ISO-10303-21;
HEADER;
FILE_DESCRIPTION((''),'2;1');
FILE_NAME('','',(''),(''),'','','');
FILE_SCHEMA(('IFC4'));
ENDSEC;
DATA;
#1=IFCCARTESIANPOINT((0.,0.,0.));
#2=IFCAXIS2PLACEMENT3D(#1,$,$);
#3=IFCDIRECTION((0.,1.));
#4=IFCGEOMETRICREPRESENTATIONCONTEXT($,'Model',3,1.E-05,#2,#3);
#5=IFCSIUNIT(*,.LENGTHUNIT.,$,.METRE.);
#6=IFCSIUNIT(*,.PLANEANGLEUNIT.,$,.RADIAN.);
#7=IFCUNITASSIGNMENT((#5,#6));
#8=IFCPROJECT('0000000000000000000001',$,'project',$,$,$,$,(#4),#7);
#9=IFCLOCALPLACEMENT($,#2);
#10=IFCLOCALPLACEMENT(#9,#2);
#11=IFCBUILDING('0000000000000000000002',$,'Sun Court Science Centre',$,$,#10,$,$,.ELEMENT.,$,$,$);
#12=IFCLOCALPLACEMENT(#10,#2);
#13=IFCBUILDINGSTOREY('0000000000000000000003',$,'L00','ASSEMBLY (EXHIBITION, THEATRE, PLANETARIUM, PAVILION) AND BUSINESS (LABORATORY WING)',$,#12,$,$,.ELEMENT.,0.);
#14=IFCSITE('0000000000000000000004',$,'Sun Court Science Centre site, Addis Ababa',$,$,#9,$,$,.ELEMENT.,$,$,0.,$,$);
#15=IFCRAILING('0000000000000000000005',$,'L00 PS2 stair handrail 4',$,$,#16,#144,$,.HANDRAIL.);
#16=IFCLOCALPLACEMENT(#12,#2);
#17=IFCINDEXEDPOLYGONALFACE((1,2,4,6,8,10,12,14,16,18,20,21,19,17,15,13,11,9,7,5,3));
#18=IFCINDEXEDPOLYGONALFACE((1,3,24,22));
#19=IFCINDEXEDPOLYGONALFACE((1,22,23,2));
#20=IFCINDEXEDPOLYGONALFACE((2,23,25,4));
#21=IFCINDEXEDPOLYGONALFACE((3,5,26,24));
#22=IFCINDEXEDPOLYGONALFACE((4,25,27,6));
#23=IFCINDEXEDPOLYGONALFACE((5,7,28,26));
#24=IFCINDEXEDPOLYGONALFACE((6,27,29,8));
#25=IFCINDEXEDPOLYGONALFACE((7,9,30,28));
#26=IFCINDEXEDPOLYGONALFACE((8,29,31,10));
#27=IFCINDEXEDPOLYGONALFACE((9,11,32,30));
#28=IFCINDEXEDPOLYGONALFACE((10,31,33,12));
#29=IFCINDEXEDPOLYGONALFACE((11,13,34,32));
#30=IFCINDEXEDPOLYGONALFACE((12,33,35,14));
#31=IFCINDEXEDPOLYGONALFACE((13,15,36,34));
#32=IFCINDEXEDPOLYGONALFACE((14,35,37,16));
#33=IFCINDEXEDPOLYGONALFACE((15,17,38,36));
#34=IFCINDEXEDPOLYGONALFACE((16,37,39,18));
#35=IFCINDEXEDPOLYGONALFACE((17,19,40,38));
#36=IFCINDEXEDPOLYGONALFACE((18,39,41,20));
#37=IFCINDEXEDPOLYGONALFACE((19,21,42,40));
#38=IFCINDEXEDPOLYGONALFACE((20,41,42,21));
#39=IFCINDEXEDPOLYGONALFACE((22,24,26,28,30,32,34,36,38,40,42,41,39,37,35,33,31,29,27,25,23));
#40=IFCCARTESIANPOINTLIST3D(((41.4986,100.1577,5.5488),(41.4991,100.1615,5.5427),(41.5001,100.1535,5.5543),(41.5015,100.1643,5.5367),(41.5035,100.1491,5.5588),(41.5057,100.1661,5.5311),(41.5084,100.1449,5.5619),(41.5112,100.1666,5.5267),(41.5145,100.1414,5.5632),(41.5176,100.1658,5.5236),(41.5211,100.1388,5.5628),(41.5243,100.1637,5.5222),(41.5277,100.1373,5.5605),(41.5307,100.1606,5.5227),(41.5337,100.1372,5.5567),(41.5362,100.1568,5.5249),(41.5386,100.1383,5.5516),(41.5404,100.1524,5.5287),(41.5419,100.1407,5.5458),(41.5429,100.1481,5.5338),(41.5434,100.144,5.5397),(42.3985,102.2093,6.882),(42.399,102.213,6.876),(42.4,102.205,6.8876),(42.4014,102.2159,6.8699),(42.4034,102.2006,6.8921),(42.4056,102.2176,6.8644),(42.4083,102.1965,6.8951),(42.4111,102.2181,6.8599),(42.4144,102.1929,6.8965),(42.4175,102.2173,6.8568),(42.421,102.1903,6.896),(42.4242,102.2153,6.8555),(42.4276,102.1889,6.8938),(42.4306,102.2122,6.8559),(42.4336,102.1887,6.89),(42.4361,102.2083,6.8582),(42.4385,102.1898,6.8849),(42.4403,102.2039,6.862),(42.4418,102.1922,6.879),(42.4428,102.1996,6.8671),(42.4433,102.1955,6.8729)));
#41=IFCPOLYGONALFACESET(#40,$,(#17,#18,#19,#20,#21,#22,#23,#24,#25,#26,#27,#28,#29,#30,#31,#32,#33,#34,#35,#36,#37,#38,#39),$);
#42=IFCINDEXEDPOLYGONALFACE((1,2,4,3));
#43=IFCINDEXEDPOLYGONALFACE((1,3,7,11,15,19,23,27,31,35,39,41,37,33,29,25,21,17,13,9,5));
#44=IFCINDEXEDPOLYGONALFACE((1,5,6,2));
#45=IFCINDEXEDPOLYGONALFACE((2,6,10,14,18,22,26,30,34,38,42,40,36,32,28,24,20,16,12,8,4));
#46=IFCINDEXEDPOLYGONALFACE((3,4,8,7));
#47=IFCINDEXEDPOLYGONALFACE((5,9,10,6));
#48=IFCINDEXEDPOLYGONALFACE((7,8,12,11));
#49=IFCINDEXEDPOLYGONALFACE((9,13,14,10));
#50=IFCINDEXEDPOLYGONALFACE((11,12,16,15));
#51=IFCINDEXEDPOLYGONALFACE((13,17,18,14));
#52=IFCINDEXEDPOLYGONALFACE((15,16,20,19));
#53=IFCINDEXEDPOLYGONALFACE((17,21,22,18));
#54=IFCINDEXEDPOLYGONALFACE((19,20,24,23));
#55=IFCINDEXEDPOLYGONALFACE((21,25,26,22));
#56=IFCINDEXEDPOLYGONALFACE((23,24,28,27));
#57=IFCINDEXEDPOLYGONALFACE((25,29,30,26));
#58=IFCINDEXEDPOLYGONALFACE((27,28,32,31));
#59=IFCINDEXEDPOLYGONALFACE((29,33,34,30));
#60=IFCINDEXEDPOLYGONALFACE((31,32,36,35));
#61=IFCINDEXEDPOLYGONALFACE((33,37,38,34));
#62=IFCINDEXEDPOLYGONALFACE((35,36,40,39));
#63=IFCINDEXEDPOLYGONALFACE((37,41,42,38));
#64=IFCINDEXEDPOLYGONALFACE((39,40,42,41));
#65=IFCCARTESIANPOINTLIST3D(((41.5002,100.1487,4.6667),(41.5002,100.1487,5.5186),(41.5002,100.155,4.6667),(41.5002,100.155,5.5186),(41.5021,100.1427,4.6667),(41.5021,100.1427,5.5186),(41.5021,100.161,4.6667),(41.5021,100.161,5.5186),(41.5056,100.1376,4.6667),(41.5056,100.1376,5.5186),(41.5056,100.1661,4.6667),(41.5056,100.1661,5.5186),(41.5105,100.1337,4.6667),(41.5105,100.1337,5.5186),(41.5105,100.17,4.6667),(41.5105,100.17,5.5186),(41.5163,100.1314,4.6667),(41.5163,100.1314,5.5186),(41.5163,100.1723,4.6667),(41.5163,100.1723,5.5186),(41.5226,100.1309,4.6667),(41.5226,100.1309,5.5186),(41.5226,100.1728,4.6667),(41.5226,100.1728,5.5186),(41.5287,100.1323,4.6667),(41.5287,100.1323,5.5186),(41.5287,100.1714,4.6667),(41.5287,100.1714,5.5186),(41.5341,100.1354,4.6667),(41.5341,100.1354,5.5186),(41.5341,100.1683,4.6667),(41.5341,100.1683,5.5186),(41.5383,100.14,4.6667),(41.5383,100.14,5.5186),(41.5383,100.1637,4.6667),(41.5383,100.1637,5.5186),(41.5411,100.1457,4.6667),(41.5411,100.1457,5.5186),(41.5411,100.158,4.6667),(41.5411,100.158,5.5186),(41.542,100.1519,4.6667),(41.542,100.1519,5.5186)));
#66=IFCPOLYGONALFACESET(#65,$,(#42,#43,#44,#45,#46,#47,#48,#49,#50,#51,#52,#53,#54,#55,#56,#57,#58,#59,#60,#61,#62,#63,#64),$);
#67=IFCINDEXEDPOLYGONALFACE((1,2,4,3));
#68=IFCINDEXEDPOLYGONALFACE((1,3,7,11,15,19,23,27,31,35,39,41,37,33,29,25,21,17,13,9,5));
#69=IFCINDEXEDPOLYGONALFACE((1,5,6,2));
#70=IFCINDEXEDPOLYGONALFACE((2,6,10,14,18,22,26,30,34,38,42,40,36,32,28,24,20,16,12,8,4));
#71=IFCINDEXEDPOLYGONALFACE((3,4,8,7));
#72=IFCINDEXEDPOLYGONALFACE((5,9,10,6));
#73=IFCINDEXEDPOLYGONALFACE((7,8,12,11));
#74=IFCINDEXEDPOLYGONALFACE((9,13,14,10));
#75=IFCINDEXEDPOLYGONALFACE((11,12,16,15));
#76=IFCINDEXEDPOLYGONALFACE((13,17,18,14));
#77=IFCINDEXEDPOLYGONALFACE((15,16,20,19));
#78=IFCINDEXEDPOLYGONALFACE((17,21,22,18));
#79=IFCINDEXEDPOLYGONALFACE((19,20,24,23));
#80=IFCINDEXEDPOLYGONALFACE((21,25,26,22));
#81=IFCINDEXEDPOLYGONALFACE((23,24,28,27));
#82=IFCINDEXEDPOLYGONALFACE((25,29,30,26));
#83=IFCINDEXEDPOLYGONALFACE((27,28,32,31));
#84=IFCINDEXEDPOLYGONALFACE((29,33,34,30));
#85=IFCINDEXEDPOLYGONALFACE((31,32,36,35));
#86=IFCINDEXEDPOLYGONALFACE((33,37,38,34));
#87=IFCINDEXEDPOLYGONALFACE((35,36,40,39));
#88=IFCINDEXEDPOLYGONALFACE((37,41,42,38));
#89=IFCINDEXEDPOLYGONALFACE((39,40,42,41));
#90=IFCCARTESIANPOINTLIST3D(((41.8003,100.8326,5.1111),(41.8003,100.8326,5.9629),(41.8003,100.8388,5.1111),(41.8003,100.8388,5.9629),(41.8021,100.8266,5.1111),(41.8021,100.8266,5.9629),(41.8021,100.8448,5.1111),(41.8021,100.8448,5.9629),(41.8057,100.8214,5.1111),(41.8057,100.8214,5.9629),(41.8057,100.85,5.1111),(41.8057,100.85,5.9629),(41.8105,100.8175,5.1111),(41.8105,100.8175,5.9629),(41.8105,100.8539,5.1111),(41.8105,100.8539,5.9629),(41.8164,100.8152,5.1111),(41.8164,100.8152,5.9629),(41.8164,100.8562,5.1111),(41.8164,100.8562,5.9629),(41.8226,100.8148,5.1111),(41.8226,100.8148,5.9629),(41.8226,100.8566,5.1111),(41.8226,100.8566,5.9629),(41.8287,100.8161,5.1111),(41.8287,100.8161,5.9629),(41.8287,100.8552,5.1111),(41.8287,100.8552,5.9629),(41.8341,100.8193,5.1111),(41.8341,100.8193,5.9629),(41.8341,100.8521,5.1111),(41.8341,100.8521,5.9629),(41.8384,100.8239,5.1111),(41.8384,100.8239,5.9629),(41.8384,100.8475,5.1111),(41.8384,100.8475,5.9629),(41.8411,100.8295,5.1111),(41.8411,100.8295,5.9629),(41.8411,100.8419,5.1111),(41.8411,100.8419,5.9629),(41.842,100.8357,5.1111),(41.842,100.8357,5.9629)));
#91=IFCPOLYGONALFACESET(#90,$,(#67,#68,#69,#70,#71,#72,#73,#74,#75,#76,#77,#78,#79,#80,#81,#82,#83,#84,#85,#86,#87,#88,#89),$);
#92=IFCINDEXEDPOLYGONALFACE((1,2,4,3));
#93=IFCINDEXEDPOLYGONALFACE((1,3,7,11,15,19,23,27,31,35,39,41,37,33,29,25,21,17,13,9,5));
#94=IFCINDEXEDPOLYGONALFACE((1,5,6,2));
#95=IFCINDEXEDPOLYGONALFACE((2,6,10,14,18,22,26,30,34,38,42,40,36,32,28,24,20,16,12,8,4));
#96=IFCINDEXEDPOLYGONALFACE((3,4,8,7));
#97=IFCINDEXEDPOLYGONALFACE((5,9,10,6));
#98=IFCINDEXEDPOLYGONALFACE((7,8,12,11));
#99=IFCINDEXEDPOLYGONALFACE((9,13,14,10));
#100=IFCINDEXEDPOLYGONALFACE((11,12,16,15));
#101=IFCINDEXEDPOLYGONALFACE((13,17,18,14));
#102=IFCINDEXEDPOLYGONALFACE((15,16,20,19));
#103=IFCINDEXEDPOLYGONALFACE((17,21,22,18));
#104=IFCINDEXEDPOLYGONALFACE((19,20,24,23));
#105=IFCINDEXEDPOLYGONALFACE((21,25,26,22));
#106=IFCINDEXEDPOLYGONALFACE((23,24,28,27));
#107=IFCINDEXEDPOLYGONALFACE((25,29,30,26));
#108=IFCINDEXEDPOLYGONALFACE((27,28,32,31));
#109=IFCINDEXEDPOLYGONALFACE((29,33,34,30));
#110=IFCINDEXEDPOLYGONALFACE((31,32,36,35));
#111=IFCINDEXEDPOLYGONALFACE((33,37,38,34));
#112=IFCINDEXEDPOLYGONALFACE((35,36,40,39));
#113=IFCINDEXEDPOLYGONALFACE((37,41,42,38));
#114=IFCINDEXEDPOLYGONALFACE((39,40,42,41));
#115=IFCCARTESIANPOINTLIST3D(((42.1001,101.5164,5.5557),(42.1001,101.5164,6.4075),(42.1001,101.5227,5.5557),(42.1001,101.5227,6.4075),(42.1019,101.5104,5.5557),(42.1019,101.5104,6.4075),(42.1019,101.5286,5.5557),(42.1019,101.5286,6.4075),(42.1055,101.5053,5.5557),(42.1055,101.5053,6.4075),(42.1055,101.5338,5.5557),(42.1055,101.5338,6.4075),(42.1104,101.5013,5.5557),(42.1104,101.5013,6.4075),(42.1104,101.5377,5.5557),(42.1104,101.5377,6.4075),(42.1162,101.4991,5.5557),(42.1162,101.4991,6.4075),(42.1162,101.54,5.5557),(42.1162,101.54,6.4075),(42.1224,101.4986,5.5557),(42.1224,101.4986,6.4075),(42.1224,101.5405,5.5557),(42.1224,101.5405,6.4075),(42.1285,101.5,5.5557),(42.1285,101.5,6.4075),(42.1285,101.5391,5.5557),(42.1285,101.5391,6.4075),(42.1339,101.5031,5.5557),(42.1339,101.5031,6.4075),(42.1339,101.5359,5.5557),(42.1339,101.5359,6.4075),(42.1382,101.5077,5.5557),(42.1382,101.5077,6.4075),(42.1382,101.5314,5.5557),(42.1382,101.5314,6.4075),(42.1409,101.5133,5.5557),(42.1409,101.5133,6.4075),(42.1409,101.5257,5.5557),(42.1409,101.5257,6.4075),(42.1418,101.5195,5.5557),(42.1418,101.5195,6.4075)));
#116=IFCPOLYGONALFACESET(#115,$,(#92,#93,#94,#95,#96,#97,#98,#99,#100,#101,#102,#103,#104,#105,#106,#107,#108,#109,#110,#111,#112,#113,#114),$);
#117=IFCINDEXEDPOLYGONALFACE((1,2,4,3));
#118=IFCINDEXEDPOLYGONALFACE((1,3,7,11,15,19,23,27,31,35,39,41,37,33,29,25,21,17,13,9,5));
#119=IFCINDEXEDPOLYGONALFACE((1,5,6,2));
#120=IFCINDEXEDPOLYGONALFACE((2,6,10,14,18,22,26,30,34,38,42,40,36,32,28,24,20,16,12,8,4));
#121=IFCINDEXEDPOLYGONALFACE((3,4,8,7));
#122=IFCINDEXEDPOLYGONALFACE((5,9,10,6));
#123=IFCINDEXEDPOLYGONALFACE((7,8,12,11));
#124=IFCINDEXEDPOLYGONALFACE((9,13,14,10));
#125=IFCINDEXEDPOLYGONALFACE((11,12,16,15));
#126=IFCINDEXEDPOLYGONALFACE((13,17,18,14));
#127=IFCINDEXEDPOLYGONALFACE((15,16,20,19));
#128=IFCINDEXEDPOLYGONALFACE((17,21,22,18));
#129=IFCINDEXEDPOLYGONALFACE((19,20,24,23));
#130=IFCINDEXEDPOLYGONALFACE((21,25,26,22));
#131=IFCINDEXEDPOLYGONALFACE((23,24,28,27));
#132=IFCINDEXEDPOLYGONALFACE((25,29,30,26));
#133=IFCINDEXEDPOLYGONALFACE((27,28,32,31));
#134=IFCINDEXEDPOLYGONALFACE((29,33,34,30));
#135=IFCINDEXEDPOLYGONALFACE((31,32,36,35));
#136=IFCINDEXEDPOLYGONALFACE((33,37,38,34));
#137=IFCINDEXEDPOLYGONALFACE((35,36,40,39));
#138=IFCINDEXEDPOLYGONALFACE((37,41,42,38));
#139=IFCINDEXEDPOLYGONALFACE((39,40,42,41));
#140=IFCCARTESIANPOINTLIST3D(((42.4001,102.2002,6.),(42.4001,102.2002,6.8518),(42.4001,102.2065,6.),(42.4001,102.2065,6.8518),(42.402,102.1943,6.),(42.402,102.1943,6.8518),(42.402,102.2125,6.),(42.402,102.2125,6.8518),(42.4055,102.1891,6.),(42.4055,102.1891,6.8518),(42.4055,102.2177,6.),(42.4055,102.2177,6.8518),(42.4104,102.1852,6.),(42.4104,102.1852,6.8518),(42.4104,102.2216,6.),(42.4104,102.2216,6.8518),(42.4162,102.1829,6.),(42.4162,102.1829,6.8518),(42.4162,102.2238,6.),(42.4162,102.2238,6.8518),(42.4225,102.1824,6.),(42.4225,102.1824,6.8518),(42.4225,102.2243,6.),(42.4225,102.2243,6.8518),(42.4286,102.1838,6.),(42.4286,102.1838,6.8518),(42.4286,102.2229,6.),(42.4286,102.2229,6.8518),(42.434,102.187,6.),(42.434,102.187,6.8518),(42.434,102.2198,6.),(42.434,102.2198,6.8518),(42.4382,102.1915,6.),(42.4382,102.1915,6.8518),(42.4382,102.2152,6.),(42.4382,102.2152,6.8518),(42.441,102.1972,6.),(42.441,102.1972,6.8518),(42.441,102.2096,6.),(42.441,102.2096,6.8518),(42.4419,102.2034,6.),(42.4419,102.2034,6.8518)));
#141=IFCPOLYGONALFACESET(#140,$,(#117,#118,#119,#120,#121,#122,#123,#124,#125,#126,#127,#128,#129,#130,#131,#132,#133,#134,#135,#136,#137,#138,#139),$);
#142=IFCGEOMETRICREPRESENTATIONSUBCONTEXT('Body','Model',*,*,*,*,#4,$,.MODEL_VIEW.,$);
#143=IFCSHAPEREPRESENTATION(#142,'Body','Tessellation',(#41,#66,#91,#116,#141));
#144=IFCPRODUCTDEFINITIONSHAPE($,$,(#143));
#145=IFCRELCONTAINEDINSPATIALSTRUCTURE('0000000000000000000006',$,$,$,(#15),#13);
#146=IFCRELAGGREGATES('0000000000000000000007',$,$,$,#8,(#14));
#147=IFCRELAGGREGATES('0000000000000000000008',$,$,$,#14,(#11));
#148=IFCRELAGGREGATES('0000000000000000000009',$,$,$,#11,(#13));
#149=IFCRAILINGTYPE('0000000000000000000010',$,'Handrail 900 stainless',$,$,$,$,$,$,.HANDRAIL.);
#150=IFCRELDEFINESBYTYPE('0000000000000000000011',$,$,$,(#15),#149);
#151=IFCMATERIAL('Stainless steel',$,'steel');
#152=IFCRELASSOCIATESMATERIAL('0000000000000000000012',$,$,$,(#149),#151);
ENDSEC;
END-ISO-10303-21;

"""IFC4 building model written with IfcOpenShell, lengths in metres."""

from ifc_helpers import new_model, si_unit, direction, frame, origin, origin_2d, place, context, subcontext, project, spatial, circle, extrude, material, type_object, element, save


model = new_model("IFC4")

# Units and contexts
model_context = context("Model", 3, precision=1e-05, world=origin(), true_north=direction((0.0, 1.0)))
body_context = subcontext(model_context, "Body", "Model", "MODEL_VIEW")
ifc_project = project(units=[si_unit("LENGTHUNIT", "METRE"), si_unit("PLANEANGLEUNIT", "RADIAN")], contexts=[model_context])

# Site, building, storey
site_placement = place(None, origin())
site = spatial("IfcSite", under=ifc_project, at=site_placement, Name="Sun Court Science Centre site, Addis Ababa", CompositionType="ELEMENT", RefElevation=0.0)
building_placement = place(site_placement, origin())
building = spatial("IfcBuilding", under=site, at=building_placement, Name="Sun Court Science Centre", CompositionType="ELEMENT")
storey_placement = place(building_placement, origin())
storey = spatial("IfcBuildingStorey", under=building, at=storey_placement, Name="L00", Description="ASSEMBLY (EXHIBITION, THEATRE, PLANETARIUM, PAVILION) AND BUSINESS (LABORATORY WING)", CompositionType="ELEMENT", Elevation=0.0)

# Railing
ifc_material_1 = material(Name="Stainless steel", Category="steel")
railing_type_1 = type_object("IfcRailingType", Name="Handrail 900 stainless", PredefinedType="HANDRAIL", material=ifc_material_1)
for number, where, name in (
    (1, (41.521, 100.1519, 4.6667), "L00 PS2 stair handrail 4"),
):
    element("IfcRailing", number, at=place(storey_placement, frame(where)), inside=storey, type_object=railing_type_1, Name=name, PredefinedType="HANDRAIL", context=body_context, shape_type="SweptSolid", body=[
        extrude(circle(Radius=0.0239, at=origin_2d()), frame((0.0, 0.0, 0.876), z_axis=(0.345196, 0.786946, 0.511426), x_axis=(-0.915769, 0.401705, 0.0)), (0.0, 0.0, 1.0), 2.6069),
        extrude(circle(Radius=0.021, at=origin_2d()), origin(), (0.0, 0.0, 1.0), 0.8518),
        extrude(circle(Radius=0.021, at=origin_2d()), frame((0.3, 0.6838, 0.4443)), (0.0, 0.0, 1.0), 0.8518),
        extrude(circle(Radius=0.021, at=origin_2d()), frame((0.5999, 1.3677, 0.8889)), (0.0, 0.0, 1.0), 0.8518),
        extrude(circle(Radius=0.021, at=origin_2d()), frame((0.8999, 2.0515, 1.3333)), (0.0, 0.0, 1.0), 0.8518),
    ])

save(model, "model.ifc")
